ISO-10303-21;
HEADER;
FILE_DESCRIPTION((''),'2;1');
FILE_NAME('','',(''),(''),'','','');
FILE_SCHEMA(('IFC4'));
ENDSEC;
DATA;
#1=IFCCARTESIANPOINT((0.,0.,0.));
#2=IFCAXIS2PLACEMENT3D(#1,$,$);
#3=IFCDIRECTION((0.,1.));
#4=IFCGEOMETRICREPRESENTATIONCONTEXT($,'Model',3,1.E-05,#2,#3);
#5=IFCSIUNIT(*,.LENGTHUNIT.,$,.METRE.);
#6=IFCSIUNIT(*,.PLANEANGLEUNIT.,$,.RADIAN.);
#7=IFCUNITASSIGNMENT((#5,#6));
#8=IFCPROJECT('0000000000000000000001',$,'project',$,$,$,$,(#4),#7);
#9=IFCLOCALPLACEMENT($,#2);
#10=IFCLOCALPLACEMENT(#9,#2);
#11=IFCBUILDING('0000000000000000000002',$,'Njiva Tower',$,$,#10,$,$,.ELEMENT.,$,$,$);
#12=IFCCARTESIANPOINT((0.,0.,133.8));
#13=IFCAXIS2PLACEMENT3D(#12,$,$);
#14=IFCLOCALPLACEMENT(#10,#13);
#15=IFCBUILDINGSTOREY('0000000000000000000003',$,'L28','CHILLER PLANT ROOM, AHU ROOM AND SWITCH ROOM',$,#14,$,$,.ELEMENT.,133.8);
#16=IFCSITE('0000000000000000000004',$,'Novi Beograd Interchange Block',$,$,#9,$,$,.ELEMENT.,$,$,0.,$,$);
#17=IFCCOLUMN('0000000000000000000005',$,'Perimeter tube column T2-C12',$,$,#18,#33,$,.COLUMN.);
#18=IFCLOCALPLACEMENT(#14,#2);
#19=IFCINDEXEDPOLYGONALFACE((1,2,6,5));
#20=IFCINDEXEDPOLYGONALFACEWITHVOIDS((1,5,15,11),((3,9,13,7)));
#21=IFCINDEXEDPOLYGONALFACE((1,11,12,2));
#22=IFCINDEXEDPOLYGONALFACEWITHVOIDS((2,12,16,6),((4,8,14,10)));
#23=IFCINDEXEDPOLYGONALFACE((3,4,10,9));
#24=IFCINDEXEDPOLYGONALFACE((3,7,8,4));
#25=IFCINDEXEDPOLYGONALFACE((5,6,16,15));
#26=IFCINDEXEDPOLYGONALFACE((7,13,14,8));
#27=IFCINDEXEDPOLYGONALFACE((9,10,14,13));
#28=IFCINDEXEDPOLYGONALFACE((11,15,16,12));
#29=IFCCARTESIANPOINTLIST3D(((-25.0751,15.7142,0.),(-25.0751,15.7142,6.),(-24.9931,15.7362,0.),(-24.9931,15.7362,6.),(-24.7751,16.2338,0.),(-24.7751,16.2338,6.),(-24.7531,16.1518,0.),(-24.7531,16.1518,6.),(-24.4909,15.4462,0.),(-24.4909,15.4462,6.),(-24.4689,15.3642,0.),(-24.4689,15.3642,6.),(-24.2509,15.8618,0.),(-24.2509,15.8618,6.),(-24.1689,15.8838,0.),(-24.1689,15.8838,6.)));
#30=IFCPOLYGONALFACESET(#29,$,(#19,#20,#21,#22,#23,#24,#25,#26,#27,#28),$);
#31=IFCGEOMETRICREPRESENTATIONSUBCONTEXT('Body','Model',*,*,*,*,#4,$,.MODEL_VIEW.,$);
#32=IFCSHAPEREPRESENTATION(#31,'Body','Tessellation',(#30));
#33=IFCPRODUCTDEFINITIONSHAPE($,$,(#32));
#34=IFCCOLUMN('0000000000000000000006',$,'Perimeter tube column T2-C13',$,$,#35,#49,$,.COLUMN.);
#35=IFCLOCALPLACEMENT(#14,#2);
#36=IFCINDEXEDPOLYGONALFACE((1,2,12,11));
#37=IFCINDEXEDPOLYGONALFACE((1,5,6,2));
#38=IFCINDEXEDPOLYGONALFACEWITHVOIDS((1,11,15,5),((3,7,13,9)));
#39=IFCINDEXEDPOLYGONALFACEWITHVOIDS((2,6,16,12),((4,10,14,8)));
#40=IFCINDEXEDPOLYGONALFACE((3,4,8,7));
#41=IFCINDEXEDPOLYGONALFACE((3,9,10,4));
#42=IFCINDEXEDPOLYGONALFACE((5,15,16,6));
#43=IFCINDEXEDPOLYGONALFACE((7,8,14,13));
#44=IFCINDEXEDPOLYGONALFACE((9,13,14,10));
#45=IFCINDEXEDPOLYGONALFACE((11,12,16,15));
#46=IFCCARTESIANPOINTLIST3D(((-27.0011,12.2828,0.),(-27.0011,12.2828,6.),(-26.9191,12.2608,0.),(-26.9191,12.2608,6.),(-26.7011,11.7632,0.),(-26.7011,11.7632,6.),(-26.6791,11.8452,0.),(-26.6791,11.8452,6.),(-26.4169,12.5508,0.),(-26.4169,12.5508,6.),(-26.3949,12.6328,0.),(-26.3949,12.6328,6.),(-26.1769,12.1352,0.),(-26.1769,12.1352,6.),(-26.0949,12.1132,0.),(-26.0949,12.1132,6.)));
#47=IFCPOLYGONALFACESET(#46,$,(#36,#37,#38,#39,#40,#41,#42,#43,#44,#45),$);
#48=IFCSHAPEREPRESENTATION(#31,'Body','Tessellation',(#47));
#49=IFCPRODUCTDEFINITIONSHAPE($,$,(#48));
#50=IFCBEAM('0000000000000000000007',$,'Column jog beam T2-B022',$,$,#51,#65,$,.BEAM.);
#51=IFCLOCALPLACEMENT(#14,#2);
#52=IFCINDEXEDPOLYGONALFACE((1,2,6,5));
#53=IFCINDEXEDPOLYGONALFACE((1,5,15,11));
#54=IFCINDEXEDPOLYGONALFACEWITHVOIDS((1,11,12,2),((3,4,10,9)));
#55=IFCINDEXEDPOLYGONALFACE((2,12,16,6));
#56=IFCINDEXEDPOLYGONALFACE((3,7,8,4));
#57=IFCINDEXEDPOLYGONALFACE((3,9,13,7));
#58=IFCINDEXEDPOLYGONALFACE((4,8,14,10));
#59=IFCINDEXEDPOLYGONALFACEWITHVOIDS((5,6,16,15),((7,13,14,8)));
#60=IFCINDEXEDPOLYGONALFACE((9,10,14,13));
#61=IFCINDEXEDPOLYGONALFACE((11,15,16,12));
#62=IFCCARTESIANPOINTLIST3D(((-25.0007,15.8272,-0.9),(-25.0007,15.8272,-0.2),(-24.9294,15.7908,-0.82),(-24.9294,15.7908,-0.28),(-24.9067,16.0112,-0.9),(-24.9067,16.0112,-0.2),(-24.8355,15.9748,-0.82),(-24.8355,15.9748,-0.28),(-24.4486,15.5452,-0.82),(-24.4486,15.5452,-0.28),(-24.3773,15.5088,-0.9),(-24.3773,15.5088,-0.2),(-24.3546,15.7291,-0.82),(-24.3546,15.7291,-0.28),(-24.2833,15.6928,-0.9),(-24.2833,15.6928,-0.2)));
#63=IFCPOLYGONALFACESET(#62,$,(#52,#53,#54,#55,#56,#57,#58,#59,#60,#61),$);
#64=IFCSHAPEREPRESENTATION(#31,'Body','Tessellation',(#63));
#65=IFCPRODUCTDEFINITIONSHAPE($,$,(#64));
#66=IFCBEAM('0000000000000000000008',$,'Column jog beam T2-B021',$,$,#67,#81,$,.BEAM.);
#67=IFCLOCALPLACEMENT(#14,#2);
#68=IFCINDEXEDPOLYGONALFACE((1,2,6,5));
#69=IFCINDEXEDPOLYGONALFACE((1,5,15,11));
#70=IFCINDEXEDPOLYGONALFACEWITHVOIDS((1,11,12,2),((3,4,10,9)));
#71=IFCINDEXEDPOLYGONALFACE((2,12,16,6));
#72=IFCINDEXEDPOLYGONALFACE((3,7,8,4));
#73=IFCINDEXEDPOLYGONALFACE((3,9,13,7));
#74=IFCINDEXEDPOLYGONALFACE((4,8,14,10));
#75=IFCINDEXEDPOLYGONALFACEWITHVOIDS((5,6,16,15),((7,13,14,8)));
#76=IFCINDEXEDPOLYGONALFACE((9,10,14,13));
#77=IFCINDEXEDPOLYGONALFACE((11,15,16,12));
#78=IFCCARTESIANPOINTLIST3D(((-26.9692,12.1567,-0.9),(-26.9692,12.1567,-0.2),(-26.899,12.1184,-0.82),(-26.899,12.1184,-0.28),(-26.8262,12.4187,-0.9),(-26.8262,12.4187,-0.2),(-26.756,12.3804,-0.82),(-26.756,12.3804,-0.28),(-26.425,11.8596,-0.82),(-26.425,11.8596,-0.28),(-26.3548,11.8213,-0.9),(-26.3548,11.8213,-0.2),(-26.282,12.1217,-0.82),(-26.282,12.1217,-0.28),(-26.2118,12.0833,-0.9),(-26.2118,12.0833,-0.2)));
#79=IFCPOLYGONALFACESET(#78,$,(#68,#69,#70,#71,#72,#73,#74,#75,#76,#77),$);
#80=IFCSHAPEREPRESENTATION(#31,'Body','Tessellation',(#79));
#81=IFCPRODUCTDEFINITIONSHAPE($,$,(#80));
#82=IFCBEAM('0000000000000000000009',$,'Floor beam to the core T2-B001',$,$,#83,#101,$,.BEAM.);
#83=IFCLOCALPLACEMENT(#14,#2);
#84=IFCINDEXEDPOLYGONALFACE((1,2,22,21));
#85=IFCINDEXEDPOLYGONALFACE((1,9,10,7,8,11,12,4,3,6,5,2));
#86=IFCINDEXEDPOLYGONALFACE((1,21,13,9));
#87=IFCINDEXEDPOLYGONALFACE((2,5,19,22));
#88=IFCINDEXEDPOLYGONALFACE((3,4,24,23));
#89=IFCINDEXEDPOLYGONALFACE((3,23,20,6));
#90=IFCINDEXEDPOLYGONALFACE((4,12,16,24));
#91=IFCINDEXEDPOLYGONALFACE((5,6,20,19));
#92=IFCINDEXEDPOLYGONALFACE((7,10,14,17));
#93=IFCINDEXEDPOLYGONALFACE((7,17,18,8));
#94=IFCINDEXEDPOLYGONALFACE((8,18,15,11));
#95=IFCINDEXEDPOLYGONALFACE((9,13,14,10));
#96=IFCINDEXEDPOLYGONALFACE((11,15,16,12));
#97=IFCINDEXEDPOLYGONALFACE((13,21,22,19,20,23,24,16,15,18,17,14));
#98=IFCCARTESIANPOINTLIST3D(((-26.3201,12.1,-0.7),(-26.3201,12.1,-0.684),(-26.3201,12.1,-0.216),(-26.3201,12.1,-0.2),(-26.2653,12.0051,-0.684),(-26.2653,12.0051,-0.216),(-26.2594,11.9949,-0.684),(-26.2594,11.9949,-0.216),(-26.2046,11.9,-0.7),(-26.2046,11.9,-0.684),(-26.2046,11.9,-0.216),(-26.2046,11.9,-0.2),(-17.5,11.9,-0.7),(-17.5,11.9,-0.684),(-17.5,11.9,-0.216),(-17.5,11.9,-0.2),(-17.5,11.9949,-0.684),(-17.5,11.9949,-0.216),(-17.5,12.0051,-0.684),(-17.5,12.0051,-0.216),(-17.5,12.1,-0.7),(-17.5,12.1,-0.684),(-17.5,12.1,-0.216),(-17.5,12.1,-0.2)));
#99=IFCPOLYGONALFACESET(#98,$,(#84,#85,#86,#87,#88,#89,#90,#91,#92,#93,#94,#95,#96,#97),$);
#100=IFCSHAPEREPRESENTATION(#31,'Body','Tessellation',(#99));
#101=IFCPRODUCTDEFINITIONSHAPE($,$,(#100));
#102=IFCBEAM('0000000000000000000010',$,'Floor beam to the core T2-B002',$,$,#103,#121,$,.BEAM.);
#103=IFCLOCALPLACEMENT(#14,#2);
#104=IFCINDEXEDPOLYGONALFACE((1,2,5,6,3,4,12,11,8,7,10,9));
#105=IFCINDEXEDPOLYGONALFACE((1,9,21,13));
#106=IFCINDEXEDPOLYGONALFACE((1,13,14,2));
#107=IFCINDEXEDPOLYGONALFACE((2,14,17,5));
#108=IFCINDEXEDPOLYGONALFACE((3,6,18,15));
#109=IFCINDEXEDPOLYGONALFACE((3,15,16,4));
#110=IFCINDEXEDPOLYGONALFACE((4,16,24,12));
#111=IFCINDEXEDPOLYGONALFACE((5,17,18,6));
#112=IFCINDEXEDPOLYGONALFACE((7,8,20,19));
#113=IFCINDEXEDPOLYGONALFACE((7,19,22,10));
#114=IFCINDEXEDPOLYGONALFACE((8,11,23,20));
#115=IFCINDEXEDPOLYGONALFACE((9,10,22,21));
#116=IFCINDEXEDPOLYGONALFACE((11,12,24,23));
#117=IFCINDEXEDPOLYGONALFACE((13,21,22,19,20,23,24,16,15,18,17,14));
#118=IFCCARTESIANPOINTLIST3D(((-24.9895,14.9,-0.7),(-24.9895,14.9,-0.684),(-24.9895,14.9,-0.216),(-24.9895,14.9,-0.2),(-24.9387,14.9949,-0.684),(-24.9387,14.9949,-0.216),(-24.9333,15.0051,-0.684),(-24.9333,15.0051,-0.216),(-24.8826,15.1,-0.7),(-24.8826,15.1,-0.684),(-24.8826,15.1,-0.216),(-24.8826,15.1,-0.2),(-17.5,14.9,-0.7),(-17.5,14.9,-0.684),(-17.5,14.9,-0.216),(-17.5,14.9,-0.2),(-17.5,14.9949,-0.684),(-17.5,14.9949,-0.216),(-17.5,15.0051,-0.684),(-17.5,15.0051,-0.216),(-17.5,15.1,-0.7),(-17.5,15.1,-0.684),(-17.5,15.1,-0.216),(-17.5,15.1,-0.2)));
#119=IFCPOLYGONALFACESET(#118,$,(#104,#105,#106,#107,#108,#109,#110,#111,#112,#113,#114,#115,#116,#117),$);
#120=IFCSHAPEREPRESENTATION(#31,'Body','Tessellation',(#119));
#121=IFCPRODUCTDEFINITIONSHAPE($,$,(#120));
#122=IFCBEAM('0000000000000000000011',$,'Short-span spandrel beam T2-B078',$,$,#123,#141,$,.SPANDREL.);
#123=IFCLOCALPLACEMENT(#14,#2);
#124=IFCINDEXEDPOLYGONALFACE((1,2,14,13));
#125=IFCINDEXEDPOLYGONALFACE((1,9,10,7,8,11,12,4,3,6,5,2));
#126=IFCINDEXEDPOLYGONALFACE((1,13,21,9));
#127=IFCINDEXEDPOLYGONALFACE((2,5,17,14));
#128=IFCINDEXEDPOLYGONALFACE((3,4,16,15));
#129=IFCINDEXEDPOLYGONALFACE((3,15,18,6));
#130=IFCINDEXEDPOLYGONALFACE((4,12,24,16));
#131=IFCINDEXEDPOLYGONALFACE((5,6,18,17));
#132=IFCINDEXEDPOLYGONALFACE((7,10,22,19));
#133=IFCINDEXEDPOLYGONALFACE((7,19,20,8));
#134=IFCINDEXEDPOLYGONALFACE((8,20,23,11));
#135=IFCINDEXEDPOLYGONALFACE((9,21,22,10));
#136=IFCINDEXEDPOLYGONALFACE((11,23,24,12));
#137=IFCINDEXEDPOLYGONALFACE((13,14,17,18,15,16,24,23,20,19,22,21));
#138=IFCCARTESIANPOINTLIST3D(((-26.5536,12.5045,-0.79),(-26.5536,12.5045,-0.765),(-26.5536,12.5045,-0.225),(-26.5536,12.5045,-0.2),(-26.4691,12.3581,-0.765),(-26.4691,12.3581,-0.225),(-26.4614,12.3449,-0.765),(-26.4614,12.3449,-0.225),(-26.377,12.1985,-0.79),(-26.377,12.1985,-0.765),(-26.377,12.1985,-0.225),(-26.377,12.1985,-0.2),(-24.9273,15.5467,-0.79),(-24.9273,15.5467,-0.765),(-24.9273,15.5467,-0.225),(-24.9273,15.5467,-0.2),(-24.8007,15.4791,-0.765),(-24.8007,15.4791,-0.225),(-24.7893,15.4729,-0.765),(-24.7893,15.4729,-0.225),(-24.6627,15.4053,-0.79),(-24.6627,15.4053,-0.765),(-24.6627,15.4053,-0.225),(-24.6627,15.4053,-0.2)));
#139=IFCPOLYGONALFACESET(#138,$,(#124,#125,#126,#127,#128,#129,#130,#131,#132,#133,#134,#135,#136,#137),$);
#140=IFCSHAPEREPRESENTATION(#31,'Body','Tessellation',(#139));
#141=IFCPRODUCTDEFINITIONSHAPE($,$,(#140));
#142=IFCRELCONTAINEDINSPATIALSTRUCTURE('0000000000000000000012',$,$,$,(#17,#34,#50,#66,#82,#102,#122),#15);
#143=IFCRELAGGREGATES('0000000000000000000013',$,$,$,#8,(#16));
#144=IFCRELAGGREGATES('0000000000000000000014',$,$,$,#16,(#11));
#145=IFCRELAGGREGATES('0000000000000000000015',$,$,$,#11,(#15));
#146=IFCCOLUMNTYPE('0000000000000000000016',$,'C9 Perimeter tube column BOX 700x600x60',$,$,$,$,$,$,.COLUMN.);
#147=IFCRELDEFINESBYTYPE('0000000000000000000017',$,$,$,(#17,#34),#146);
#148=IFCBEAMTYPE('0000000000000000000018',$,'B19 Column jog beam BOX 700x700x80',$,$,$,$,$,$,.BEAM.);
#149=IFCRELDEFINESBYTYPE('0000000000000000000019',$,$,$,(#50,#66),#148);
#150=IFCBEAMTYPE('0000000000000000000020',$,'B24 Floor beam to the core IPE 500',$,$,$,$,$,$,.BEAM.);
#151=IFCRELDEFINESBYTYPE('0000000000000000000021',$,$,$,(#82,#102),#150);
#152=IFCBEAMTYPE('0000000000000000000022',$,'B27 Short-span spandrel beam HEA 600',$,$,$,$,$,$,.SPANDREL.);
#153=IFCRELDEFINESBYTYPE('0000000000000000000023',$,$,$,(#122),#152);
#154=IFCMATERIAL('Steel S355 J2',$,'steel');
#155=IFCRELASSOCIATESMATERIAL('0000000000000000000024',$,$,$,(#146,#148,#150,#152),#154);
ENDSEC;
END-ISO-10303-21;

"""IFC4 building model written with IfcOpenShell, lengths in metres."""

from ifc_helpers import new_model, si_unit, direction, frame, origin, origin_2d, place, context, subcontext, project, spatial, hollow_rectangle, i_section, extrude, clip, halfspace, material, material_profile, profile_set, type_object, element, save


model = new_model("IFC4")

# Units and contexts
model_context = context("Model", 3, precision=1e-05, world=origin(), true_north=direction((0.0, 1.0)))
body_context = subcontext(model_context, "Body", "Model", "MODEL_VIEW")
ifc_project = project(units=[si_unit("LENGTHUNIT", "METRE"), si_unit("PLANEANGLEUNIT", "RADIAN")], contexts=[model_context])

# Site, building, storey
site_placement = place(None, origin())
site = spatial("IfcSite", under=ifc_project, at=site_placement, Name="Novi Beograd Interchange Block", CompositionType="ELEMENT", RefElevation=0.0)
building_placement = place(site_placement, origin())
building = spatial("IfcBuilding", under=site, at=building_placement, Name="Njiva Tower", CompositionType="ELEMENT")
storey_placement = place(building_placement, frame((0.0, 0.0, 133.8)))
storey = spatial("IfcBuildingStorey", under=building, at=storey_placement, Name="L28", Description="CHILLER PLANT ROOM, AHU ROOM AND SWITCH ROOM", CompositionType="ELEMENT", Elevation=133.8)

# Columns
ifc_material_1 = material(Name="Steel S355 J2", Category="steel")
ifc_material_profile_1 = material_profile(ifc_material_1, hollow_rectangle(XDim=0.6, YDim=0.7, WallThickness=0.06, at=origin_2d()), Name="BOX 700x600x60")
ifc_profile_set_1 = profile_set([ifc_material_profile_1], Name="Steel S355 J2")
column_type = type_object("IfcColumnType", Name="C9 Perimeter tube column BOX 700x600x60", PredefinedType="COLUMN", material=ifc_profile_set_1)
for number, where, z_axis, x_axis, name in (
    (1, (-24.622, 15.799, 0.0), (0.0, 0.0, 1.0), (-0.5, -0.866025, 0.0), "Perimeter tube column T2-C12"),
    (2, (-26.548, 12.198, 0.0), (0.0, 0.0, 1.0), (0.5, -0.866025, 0.0), "Perimeter tube column T2-C13"),
):
    element("IfcColumn", number, at=place(storey_placement, frame(where, z_axis=z_axis, x_axis=x_axis)), inside=storey, type_object=column_type, Name=name, PredefinedType="COLUMN", context=body_context, shape_type="SweptSolid", body=[
        extrude(hollow_rectangle(XDim=0.6, YDim=0.7, WallThickness=0.06, at=origin_2d()), origin(), (0.0, 0.0, 1.0), 6.0),
    ])

# Beams
ifc_material_profile_2 = material_profile(ifc_material_1, hollow_rectangle(XDim=0.7, YDim=0.7, WallThickness=0.08, at=origin_2d()), Name="BOX 700x700x80")
ifc_profile_set_2 = profile_set([ifc_material_profile_2], Name="Steel S355 J2")
beam_type_1 = type_object("IfcBeamType", Name="B19 Column jog beam BOX 700x700x80", PredefinedType="BEAM", material=ifc_profile_set_2)
beam_1_placement = place(storey_placement, frame((-24.689, 15.668, -0.55), z_axis=(0.454941, 0.890522, 0.0), x_axis=(-0.890522, 0.454941, 0.0)))
element("IfcBeam", 3, at=beam_1_placement, inside=storey, type_object=beam_type_1, Name="Column jog beam T2-B022", PredefinedType="BEAM", context=body_context, shape_type="SweptSolid", body=[
    extrude(hollow_rectangle(XDim=0.7, YDim=0.7, WallThickness=0.08, at=origin_2d()), origin(), (0.0, 0.0, 1.0), 0.2066),
])
beam_2_placement = place(storey_placement, frame((-26.662, 11.989, -0.55), z_axis=(0.479087, 0.877768, 0.0), x_axis=(-0.877768, 0.479087, 0.0)))
element("IfcBeam", 4, at=beam_2_placement, inside=storey, type_object=beam_type_1, Name="Column jog beam T2-B021", PredefinedType="BEAM", context=body_context, shape_type="SweptSolid", body=[
    extrude(hollow_rectangle(XDim=0.7, YDim=0.7, WallThickness=0.08, at=origin_2d()), origin(), (0.0, 0.0, 1.0), 0.2985),
])
ifc_material_profile_3 = material_profile(ifc_material_1, i_section(OverallWidth=0.2, OverallDepth=0.5, WebThickness=0.0102, FlangeThickness=0.016, at=origin_2d()), Name="IPE 500")
ifc_profile_set_3 = profile_set([ifc_material_profile_3], Name="Steel S355 J2")
beam_type_2 = type_object("IfcBeamType", Name="B24 Floor beam to the core IPE 500", PredefinedType="BEAM", material=ifc_profile_set_3)
beam_3_placement = place(storey_placement, frame((-26.34, 12.0, -0.45), z_axis=(1.0, 0.0, 0.0), x_axis=(0.0, 1.0, 0.0)))
element("IfcBeam", 5, at=beam_3_placement, inside=storey, type_object=beam_type_2, Name="Floor beam to the core T2-B001", PredefinedType="BEAM", context=body_context, shape_type="Clipping", body=[
    clip(extrude(i_section(OverallWidth=0.2, OverallDepth=0.5, WebThickness=0.0102, FlangeThickness=0.016, at=origin_2d()), origin(), (0.0, 0.0, 1.0), 8.84), halfspace(frame((-0.025, 0.0, 0.0921), z_axis=(-0.499998, 0.0, -0.866027), x_axis=(0.0, -1.0, 0.0)), False)),
])
beam_4_placement = place(storey_placement, frame((-25.009, 15.0, -0.45), z_axis=(1.0, 0.0, 0.0), x_axis=(0.0, 1.0, 0.0)))
element("IfcBeam", 6, at=beam_4_placement, inside=storey, type_object=beam_type_2, Name="Floor beam to the core T2-B002", PredefinedType="BEAM", context=body_context, shape_type="Clipping", body=[
    clip(extrude(i_section(OverallWidth=0.2, OverallDepth=0.5, WebThickness=0.0102, FlangeThickness=0.016, at=origin_2d()), origin(), (0.0, 0.0, 1.0), 7.509), halfspace(frame((0.0236, 0.0, 0.0856), z_axis=(0.471503, 0.0, -0.881865), x_axis=(0.0, -1.0, 0.0)), False)),
])
ifc_material_profile_4 = material_profile(ifc_material_1, i_section(OverallWidth=0.3, OverallDepth=0.59, WebThickness=0.013, FlangeThickness=0.025, at=origin_2d()), Name="HEA 600")
ifc_profile_set_4 = profile_set([ifc_material_profile_4], Name="Steel S355 J2")
beam_type_3 = type_object("IfcBeamType", Name="B27 Short-span spandrel beam HEA 600", PredefinedType="SPANDREL", material=ifc_profile_set_4)
beam_5_placement = place(storey_placement, frame((-24.795, 15.476, -0.495), z_axis=(-0.471438, -0.881899, 0.0), x_axis=(0.881899, -0.471438, 0.0)))
element("IfcBeam", 7, at=beam_5_placement, inside=storey, type_object=beam_type_3, Name="Short-span spandrel beam T2-B078", PredefinedType="SPANDREL", context=body_context, shape_type="Clipping", body=[
    clip(extrude(i_section(OverallWidth=0.3, OverallDepth=0.59, WebThickness=0.013, FlangeThickness=0.025, at=origin_2d()), origin(), (0.0, 0.0, 1.0), 3.6554), halfspace(frame((-0.0266, 0.0, 3.5264), z_axis=(-0.52803, 0.0, 0.849226), x_axis=(0.0, 1.0, 0.0)), False)),
])

save(model, "model.ifc")
